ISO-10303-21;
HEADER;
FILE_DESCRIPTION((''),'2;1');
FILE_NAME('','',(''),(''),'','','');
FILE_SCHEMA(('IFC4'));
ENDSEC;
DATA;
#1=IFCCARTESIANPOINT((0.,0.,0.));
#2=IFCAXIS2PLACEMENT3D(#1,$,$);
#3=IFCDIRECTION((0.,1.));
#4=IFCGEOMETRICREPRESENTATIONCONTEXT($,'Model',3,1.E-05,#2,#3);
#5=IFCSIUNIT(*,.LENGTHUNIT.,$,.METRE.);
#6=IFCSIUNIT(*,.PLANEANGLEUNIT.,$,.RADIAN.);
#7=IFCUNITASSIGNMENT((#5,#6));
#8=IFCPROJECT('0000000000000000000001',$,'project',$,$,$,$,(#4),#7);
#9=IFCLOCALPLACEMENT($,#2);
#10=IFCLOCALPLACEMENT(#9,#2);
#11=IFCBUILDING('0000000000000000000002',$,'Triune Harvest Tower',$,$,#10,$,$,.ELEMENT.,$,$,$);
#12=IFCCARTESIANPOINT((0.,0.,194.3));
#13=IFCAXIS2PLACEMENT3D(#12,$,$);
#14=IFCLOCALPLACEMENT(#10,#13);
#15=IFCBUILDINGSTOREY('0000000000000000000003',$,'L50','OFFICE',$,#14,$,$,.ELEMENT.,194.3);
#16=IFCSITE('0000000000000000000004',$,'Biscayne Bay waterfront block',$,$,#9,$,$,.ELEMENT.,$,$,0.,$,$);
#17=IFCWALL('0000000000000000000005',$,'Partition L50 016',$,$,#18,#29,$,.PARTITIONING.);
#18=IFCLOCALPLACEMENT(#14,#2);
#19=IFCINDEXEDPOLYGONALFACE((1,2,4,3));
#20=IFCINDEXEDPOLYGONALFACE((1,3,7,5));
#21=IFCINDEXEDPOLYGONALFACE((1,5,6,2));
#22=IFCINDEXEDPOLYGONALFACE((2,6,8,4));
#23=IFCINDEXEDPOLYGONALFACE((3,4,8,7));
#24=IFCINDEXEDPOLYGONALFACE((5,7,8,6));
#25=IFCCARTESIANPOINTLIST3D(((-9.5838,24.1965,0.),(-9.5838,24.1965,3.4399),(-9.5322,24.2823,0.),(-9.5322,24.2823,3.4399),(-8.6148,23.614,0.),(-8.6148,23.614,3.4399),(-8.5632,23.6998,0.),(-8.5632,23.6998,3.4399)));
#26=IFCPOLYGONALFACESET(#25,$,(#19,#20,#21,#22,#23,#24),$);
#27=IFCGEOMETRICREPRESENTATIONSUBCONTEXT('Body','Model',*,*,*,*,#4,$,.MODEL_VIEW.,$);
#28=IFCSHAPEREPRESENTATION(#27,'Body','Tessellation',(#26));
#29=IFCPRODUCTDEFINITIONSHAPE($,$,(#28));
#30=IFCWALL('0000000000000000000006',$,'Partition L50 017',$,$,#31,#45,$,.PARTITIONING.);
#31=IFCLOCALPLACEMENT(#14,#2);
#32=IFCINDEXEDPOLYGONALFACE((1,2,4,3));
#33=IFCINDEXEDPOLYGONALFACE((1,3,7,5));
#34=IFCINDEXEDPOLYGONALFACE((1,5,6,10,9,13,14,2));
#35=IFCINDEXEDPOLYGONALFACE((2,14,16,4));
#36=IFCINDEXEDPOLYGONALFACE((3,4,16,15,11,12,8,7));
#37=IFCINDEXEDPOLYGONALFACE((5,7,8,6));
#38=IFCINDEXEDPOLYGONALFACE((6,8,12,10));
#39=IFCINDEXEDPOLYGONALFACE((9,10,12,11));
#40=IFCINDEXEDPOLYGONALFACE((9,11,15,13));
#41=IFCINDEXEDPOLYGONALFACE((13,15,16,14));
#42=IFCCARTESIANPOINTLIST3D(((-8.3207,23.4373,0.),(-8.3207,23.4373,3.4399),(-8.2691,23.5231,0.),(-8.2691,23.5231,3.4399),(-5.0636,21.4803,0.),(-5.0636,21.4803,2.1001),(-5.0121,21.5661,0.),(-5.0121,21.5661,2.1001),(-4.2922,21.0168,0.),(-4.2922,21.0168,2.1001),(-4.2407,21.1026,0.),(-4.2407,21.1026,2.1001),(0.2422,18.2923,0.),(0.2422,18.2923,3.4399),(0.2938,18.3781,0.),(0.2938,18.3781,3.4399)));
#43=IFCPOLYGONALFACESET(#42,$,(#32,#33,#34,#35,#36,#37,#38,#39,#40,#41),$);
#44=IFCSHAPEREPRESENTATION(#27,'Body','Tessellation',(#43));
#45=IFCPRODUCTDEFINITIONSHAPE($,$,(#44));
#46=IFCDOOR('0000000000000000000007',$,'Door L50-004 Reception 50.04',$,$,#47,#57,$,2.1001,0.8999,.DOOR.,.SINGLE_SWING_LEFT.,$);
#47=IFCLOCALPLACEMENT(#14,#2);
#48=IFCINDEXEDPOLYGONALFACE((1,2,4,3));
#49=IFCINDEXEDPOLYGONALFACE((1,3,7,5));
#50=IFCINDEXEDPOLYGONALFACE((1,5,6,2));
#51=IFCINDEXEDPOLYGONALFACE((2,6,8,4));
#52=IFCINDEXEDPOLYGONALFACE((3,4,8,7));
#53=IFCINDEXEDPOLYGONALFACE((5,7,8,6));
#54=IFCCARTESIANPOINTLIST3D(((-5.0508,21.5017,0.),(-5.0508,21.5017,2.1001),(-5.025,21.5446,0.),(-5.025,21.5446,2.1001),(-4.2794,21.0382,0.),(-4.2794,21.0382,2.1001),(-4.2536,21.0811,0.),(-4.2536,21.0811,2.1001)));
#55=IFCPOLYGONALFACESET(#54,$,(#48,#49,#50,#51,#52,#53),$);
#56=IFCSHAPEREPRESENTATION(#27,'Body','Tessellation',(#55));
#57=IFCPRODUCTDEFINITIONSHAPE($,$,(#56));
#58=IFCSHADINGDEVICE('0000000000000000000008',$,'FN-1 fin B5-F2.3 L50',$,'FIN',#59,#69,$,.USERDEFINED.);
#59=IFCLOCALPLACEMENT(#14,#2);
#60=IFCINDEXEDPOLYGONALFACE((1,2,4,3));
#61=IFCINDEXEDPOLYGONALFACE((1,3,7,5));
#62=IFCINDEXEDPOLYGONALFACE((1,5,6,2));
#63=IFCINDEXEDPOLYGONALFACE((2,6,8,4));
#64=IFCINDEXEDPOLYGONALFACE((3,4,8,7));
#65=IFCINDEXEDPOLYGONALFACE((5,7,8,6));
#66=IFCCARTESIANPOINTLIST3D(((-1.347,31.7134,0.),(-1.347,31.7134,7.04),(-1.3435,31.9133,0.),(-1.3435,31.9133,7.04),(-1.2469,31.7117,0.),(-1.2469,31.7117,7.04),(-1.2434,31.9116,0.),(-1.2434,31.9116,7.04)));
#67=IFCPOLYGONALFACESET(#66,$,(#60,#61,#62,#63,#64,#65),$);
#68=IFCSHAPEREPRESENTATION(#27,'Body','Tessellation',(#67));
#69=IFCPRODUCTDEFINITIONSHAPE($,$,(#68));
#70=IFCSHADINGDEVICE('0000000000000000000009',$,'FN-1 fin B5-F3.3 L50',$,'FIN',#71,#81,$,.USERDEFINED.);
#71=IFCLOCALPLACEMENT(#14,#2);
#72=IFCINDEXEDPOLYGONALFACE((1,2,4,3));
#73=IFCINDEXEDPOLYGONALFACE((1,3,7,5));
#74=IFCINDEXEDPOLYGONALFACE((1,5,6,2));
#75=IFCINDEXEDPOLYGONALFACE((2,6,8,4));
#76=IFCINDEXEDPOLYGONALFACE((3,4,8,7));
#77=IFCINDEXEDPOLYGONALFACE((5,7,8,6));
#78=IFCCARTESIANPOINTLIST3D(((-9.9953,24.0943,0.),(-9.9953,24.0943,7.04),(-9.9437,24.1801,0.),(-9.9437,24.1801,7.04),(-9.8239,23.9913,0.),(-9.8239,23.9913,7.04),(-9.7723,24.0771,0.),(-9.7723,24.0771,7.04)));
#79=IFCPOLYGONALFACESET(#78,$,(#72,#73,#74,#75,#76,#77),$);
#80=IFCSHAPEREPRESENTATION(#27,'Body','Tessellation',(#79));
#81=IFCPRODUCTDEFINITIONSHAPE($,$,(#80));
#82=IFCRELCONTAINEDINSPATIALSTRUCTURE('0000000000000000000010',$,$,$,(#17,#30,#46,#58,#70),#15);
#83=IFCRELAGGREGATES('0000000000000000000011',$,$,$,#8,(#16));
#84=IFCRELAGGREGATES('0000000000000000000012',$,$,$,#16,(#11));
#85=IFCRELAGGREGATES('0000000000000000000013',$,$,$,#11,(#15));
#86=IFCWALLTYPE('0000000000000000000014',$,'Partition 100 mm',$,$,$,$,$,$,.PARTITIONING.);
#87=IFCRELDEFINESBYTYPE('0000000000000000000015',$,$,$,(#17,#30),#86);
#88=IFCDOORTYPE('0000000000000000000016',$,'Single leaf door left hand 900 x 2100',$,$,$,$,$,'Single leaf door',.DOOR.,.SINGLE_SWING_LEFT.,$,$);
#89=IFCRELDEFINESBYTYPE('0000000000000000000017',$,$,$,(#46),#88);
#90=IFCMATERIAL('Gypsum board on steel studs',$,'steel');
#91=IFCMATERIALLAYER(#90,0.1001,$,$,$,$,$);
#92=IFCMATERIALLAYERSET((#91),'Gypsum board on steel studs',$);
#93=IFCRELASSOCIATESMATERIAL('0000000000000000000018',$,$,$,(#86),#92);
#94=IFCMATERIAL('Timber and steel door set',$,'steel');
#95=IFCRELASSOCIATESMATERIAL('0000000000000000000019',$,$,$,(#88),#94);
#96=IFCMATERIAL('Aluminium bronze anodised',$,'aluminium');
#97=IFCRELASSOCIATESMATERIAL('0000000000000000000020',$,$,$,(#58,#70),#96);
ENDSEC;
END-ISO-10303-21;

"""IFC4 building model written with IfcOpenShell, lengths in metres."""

from ifc_helpers import new_model, si_unit, direction, frame, frame_2d, origin, origin_2d, place, context, subcontext, project, spatial, rectangle, extrude, source, transform, mapped, material, layer, layer_set, type_object, element, fill, save


model = new_model("IFC4")

# Units and contexts
model_context = context("Model", 3, precision=1e-05, world=origin(), true_north=direction((0.0, 1.0)))
body_context = subcontext(model_context, "Body", "Model", "MODEL_VIEW")
ifc_project = project(units=[si_unit("LENGTHUNIT", "METRE"), si_unit("PLANEANGLEUNIT", "RADIAN")], contexts=[model_context])

# Site, building, storey
site_placement = place(None, origin())
site = spatial("IfcSite", under=ifc_project, at=site_placement, Name="Biscayne Bay waterfront block", CompositionType="ELEMENT", RefElevation=0.0)
building_placement = place(site_placement, origin())
building = spatial("IfcBuilding", under=site, at=building_placement, Name="Triune Harvest Tower", CompositionType="ELEMENT")
storey_placement = place(building_placement, frame((0.0, 0.0, 194.3)))
storey = spatial("IfcBuildingStorey", under=building, at=storey_placement, Name="L50", Description="OFFICE", CompositionType="ELEMENT", Elevation=194.3)

# Wall
ifc_material_1 = material(Name="Gypsum board on steel studs", Category="steel")
ifc_layer_1 = layer(ifc_material_1, 0.1001)
ifc_layer_set_1 = layer_set([ifc_layer_1], Name="Gypsum board on steel studs")
wall_type = type_object("IfcWallType", Name="Partition 100 mm", PredefinedType="PARTITIONING", material=ifc_layer_set_1)
shared_shape_1 = source(origin(), body_context, "Body", "SweptSolid", [
    extrude(rectangle(XDim=1.1306, YDim=0.1001, at=frame_2d((0.5654, 0.0))), origin(), (0.0, 0.0, 1.0), 3.4399),
])
wall_1_placement = place(storey_placement, frame((-9.5581, 24.2395, 0.0), z_axis=(0.0, 0.0, 1.0), x_axis=(0.857054, -0.515226, 0.0)))
element("IfcWall", 1, at=wall_1_placement, inside=storey, type_object=wall_type, Name="Partition L50 016", PredefinedType="PARTITIONING", context=body_context, shape_type="MappedRepresentation", body=[
    mapped(shared_shape_1, transform((0.0, 0.0, 0.0), scale=1.0)),
])

# Wall, opening, door
shared_shape_2 = source(origin(), body_context, "Body", "SweptSolid", [
    extrude(rectangle(XDim=9.9897, YDim=0.1001, at=frame_2d((4.9949, 0.0))), origin(), (0.0, 0.0, 1.0), 3.4399),
])
wall_2_placement = place(storey_placement, frame((-8.2949, 23.4802, 0.0), z_axis=(0.0, 0.0, 1.0), x_axis=(0.857174, -0.515028, 0.0)))
wall_2 = element("IfcWall", 2, at=wall_2_placement, inside=storey, type_object=wall_type, Name="Partition L50 017", PredefinedType="PARTITIONING", context=body_context, shape_type="MappedRepresentation", body=[
    mapped(shared_shape_2, transform((0.0, 0.0, 0.0), scale=1.0)),
])
opening_placement = place(wall_2_placement, frame((3.7998, 0.0, 0.0)))
opening = element("IfcOpeningElement", 3, at=opening_placement, cuts=wall_2, PredefinedType="OPENING", context=body_context, shape_type="SweptSolid", body=[
    extrude(rectangle(XDim=0.8999, YDim=2.1001, at=frame_2d((0.45, 1.05))), frame((0.0, 0.0601, 0.0), z_axis=(0.0, -1.0, 0.0), x_axis=(1.0, 0.0, 0.0)), (0.0, 0.0, 1.0), 0.1201),
])
ifc_material_2 = material(Name="Timber and steel door set", Category="steel")
door_type = type_object("IfcDoorType", Name="Single leaf door left hand 900 x 2100", ElementType="Single leaf door", OperationType="SINGLE_SWING_LEFT", PredefinedType="DOOR", material=ifc_material_2)
door_placement = place(opening_placement, origin())
door = element("IfcDoor", 4, at=door_placement, inside=storey, type_object=door_type, Name="Door L50-004 Reception 50.04", OperationType="SINGLE_SWING_LEFT", OverallHeight=2.1001, OverallWidth=0.8999, PredefinedType="DOOR", context=body_context, shape_type="SweptSolid", body=[
    extrude(rectangle(XDim=0.8999, YDim=2.1001, at=frame_2d((0.45, 1.05))), frame((0.0, 0.0249, 0.0), z_axis=(0.0, -1.0, 0.0), x_axis=(1.0, 0.0, 0.0)), (0.0, 0.0, 1.0), 0.05),
])
fill(opening, door)

# Shading devices
ifc_material_3 = material(Name="Aluminium bronze anodised", Category="aluminium")
shared_shape_3 = source(origin(), body_context, "Body", "SweptSolid", [
    extrude(rectangle(XDim=0.1001, YDim=0.2, at=origin_2d()), origin(), (0.0, 0.0, 1.0), 7.04),
])
for number, where, z_axis, x_axis, name in (
    (5, (-1.2952, 31.8125, 0.0), (0.0, 0.0, 1.0), (-0.999848, 0.017446, 0.0), "FN-1 fin B5-F2.3 L50"),
    (6, (-9.8838, 24.0857, 0.0), (0.0, 0.0, 1.0), (-0.515037, -0.857168, 0.0), "FN-1 fin B5-F3.3 L50"),
):
    element("IfcShadingDevice", number, at=place(storey_placement, frame(where, z_axis=z_axis, x_axis=x_axis)), inside=storey, material=ifc_material_3, Name=name, ObjectType="FIN", PredefinedType="USERDEFINED", context=body_context, shape_type="MappedRepresentation", body=[
        mapped(shared_shape_3, transform((0.0, 0.0, 0.0), scale=1.0)),
    ])

save(model, "model.ifc")
